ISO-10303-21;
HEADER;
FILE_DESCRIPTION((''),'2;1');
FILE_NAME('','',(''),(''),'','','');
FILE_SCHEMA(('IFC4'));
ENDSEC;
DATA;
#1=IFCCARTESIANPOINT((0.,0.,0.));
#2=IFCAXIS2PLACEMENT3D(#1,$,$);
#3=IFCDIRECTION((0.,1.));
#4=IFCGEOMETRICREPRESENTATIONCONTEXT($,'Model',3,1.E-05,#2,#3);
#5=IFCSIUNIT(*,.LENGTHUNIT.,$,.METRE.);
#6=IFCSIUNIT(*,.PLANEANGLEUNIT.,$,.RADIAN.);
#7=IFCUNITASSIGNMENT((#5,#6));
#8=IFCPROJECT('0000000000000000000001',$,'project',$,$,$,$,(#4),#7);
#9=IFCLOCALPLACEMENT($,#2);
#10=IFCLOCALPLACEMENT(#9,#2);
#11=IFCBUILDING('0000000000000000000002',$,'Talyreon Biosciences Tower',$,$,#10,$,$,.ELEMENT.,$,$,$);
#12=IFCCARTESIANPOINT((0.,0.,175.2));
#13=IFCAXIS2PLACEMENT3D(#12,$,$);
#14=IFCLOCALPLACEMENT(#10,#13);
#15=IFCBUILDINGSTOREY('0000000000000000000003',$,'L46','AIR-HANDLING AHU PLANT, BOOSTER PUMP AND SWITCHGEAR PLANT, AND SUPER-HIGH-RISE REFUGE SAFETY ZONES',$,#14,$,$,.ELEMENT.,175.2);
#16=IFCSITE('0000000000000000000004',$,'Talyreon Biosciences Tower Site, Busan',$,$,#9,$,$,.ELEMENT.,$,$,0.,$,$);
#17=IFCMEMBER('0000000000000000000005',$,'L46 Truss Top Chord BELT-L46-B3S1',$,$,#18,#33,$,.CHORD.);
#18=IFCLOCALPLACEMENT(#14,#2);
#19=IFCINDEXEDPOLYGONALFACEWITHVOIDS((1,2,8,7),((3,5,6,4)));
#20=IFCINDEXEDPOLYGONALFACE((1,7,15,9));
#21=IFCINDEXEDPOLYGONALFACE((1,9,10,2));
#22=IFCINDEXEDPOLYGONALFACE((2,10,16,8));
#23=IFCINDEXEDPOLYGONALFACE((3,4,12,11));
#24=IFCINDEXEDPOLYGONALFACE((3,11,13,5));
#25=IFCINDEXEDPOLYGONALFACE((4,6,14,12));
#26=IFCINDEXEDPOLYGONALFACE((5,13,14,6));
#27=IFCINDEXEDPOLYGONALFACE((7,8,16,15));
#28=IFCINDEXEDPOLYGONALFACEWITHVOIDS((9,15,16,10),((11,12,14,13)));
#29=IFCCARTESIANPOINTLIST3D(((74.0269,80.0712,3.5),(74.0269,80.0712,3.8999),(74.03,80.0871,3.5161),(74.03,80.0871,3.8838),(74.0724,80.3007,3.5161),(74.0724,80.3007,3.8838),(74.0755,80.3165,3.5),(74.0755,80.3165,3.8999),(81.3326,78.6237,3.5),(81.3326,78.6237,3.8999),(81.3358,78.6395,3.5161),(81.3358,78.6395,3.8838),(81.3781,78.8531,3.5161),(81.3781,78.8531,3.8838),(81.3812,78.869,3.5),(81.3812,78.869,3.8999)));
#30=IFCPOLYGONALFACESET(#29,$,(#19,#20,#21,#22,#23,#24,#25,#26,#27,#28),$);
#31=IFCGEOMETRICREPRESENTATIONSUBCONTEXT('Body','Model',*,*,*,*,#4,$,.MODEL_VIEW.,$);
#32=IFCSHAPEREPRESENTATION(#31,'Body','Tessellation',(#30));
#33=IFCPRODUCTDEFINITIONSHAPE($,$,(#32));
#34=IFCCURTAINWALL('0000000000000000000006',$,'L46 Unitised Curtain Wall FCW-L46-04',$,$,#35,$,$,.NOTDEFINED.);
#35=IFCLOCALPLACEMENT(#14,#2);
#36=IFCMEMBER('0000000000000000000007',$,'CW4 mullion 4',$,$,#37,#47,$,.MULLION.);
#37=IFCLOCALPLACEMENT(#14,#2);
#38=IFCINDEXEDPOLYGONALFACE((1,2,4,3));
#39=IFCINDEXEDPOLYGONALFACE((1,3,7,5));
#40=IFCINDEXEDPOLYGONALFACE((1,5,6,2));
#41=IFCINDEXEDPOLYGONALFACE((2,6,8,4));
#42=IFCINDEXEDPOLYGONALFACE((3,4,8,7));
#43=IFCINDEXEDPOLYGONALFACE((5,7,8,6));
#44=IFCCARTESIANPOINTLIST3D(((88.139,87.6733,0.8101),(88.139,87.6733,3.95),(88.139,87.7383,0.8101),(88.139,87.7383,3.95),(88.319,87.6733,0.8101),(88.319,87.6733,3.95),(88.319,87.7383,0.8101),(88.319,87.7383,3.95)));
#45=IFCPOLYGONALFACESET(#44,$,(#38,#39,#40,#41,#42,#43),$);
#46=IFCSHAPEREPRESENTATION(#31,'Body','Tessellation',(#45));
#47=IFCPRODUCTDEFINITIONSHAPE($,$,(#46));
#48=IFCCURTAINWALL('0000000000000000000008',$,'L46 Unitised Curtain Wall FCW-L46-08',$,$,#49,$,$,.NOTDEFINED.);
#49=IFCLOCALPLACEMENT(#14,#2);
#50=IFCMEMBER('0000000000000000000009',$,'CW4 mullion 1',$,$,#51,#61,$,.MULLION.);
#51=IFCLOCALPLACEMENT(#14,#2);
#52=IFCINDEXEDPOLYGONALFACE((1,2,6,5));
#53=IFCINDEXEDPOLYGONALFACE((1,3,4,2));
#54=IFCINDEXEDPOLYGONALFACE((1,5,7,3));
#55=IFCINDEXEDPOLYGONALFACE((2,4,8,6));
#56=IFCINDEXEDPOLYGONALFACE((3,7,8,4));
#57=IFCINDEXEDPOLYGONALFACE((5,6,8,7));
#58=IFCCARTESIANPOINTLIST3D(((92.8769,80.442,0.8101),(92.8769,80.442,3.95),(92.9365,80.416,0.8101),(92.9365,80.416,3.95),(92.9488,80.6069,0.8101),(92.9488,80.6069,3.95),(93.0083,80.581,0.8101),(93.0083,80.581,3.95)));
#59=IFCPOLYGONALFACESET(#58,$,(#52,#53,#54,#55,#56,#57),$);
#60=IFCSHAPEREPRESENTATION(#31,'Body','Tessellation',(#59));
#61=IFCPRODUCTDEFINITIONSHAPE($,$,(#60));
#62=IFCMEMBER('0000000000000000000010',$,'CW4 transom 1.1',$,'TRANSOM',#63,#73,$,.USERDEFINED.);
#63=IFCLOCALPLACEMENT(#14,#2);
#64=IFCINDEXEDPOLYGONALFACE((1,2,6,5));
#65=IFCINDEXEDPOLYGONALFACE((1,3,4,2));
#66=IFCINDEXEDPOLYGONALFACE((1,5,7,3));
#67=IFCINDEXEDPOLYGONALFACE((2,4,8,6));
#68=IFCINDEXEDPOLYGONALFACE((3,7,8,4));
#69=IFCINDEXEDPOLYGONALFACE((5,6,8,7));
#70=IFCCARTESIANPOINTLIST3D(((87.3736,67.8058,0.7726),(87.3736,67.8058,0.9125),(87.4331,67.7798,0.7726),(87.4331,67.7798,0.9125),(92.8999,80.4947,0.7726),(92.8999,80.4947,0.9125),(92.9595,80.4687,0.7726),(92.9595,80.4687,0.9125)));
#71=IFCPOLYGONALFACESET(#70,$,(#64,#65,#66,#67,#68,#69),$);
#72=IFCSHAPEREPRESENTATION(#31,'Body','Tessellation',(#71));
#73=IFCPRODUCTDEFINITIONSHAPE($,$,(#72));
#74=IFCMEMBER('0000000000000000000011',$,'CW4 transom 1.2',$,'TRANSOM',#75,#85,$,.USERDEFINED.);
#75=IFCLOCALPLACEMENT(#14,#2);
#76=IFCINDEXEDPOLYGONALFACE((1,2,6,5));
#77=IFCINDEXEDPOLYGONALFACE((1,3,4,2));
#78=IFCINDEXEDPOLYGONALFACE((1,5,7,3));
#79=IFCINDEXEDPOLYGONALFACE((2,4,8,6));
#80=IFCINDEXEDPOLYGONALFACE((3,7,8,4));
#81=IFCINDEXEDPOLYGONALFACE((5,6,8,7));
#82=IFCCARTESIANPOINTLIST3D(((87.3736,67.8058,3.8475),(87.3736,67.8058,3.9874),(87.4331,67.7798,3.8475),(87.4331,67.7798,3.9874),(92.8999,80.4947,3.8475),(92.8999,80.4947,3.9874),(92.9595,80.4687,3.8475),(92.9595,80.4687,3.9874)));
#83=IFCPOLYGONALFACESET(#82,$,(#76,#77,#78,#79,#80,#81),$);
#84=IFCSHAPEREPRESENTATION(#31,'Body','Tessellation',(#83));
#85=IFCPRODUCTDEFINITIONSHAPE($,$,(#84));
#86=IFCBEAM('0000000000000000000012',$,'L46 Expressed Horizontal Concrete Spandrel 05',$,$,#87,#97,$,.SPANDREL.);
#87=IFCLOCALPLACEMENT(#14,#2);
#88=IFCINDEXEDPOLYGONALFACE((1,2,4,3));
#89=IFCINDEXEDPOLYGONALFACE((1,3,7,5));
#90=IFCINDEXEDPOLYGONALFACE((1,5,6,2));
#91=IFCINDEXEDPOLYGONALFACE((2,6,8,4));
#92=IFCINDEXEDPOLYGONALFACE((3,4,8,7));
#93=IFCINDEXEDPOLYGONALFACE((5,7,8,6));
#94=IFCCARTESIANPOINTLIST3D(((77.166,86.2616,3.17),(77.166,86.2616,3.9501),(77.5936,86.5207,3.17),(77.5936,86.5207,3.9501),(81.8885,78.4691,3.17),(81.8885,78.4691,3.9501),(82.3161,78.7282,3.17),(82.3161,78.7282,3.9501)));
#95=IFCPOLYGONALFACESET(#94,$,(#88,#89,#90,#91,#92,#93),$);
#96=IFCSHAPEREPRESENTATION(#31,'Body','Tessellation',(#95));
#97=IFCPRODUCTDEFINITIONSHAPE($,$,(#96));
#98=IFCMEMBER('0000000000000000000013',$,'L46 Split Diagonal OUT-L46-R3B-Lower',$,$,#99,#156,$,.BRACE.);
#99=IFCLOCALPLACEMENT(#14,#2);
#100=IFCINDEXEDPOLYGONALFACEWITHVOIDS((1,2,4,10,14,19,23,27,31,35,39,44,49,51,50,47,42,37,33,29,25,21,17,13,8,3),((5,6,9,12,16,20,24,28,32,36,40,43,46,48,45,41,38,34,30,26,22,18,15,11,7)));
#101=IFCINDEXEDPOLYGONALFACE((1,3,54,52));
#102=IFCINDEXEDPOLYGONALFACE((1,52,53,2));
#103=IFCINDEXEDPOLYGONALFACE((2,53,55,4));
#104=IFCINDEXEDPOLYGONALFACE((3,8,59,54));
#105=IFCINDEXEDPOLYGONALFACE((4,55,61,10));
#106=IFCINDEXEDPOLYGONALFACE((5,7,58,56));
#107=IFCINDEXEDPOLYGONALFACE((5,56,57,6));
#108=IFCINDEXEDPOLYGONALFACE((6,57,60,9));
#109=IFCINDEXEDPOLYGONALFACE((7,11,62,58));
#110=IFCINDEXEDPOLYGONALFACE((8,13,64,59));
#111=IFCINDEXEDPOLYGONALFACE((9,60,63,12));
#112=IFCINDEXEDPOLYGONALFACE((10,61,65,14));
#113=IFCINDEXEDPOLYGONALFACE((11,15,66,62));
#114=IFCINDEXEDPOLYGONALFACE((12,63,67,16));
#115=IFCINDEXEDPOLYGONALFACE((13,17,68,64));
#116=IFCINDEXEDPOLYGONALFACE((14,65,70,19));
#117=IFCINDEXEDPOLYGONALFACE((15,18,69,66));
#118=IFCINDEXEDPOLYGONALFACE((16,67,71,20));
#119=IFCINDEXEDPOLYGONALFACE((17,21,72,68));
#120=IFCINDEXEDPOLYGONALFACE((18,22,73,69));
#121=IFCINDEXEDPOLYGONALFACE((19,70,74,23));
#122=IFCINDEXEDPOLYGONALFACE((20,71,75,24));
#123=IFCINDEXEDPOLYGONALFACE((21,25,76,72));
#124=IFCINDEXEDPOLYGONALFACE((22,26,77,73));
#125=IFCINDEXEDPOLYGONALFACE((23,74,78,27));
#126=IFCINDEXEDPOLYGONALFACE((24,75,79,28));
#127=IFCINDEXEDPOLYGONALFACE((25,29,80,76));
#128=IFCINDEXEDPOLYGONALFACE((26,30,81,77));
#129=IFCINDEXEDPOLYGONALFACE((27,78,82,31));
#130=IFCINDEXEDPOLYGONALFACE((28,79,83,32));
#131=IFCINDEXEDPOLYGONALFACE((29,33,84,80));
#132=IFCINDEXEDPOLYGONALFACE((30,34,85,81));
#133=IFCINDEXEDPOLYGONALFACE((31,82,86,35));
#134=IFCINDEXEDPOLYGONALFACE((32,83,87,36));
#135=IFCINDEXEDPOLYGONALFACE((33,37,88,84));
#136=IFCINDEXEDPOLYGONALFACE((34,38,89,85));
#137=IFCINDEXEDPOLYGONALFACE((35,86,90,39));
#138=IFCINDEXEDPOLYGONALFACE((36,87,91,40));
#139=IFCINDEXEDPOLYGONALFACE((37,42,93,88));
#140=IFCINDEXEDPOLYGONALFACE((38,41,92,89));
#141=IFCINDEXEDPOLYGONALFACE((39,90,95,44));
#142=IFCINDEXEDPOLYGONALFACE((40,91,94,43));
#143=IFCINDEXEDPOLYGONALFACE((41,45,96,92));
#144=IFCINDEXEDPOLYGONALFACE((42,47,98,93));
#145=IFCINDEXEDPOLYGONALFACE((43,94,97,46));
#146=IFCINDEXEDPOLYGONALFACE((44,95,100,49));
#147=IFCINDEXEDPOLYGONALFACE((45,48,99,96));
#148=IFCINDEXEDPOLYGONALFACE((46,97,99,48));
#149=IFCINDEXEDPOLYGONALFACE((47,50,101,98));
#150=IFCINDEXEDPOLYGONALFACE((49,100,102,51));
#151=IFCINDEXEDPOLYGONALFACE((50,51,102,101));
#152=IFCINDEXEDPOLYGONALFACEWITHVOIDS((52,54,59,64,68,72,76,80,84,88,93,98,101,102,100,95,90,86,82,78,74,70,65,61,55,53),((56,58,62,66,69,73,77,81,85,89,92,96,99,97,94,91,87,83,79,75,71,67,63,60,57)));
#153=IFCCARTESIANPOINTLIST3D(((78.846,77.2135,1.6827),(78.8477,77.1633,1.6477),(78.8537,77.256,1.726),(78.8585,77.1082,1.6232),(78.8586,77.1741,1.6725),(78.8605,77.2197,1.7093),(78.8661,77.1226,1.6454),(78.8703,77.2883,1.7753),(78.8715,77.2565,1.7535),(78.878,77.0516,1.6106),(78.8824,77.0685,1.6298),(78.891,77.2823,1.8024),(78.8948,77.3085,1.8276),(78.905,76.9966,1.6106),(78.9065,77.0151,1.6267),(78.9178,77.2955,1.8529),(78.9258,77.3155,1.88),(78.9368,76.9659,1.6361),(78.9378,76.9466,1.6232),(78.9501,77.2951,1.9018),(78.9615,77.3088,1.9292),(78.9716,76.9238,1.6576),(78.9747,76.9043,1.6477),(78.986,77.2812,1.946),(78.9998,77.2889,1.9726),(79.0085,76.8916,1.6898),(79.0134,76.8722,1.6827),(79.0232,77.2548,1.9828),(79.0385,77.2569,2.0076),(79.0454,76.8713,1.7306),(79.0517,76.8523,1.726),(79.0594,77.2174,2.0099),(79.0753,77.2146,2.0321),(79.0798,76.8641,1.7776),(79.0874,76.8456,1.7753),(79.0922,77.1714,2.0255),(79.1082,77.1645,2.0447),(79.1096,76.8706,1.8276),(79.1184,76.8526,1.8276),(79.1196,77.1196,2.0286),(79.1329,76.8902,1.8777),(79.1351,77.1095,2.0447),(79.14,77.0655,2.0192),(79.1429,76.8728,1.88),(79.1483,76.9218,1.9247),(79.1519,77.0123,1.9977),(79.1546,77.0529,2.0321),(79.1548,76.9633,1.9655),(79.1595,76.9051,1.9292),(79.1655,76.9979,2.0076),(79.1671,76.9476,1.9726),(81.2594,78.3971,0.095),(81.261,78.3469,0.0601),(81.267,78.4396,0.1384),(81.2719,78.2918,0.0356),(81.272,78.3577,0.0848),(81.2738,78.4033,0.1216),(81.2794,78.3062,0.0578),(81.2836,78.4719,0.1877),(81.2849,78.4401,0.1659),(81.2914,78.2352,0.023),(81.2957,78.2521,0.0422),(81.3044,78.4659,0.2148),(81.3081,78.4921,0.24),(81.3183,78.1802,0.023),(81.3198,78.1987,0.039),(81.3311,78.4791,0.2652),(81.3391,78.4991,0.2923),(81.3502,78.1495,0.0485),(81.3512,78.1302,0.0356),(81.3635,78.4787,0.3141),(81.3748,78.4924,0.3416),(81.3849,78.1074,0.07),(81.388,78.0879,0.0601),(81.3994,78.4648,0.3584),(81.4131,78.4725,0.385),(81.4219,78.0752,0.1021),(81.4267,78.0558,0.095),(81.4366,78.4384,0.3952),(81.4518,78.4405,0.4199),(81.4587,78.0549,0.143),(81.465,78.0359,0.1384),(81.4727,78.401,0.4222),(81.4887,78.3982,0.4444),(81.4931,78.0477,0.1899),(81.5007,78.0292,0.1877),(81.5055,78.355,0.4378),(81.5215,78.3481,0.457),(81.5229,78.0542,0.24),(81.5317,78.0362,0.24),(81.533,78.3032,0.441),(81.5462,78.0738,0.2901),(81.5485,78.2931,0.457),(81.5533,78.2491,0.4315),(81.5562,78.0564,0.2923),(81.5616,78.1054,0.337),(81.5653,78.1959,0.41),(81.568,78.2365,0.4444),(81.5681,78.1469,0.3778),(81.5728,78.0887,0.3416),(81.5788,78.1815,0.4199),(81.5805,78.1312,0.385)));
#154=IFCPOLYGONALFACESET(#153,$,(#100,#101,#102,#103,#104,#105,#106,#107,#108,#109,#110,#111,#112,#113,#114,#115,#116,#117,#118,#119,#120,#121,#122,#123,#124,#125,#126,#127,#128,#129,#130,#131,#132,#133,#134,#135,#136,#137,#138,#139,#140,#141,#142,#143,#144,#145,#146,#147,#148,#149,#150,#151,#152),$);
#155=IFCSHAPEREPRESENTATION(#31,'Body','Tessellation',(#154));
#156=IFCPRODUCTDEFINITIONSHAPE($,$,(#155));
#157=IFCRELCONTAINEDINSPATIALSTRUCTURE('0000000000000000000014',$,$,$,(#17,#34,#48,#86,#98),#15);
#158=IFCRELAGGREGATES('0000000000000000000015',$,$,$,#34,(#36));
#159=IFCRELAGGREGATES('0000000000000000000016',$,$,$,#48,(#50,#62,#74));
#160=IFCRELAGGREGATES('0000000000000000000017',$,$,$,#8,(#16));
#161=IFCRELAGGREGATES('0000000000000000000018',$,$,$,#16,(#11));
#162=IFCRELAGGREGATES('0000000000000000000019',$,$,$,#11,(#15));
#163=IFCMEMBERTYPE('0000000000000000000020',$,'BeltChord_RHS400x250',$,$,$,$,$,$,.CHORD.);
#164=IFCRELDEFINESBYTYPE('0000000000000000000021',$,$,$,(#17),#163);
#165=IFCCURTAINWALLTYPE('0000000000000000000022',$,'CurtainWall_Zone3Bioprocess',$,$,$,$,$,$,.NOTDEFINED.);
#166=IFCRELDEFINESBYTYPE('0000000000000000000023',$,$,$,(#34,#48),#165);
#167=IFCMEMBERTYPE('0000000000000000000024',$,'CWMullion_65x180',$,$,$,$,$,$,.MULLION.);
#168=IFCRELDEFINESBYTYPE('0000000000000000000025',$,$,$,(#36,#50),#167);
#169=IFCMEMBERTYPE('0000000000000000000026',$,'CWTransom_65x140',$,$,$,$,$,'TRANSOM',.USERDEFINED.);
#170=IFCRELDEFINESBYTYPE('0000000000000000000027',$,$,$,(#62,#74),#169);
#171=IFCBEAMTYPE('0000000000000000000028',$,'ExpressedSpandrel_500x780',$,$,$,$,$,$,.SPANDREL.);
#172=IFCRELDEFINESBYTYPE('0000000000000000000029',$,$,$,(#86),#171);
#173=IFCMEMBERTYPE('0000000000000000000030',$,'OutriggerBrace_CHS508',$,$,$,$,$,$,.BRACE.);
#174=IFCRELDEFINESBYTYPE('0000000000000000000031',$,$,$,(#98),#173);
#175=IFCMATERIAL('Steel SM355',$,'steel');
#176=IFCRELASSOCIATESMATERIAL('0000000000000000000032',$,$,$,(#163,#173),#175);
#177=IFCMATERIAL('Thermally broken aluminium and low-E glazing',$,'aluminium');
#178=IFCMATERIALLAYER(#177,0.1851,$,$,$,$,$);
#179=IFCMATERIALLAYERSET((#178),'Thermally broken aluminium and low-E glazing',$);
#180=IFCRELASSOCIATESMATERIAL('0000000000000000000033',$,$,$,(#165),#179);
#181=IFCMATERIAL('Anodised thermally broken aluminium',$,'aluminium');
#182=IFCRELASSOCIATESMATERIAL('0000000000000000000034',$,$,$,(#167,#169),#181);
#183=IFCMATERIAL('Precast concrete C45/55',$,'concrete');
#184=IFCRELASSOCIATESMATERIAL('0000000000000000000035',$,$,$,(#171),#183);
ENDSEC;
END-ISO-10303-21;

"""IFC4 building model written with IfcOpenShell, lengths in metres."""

from ifc_helpers import new_model, si_unit, direction, frame, origin, origin_2d, place, context, subcontext, project, spatial, rectangle, hollow_rectangle, hollow_circle, extrude, material, layer, layer_set, material_profile, profile_set, type_object, element, aggregate, save


model = new_model("IFC4")

# Units and contexts
model_context = context("Model", 3, precision=1e-05, world=origin(), true_north=direction((0.0, 1.0)))
body_context = subcontext(model_context, "Body", "Model", "MODEL_VIEW")
ifc_project = project(units=[si_unit("LENGTHUNIT", "METRE"), si_unit("PLANEANGLEUNIT", "RADIAN")], contexts=[model_context])

# Site, building, storey
site_placement = place(None, origin())
site = spatial("IfcSite", under=ifc_project, at=site_placement, Name="Talyreon Biosciences Tower Site, Busan", CompositionType="ELEMENT", RefElevation=0.0)
building_placement = place(site_placement, origin())
building = spatial("IfcBuilding", under=site, at=building_placement, Name="Talyreon Biosciences Tower", CompositionType="ELEMENT")
storey_placement = place(building_placement, frame((0.0, 0.0, 175.2)))
storey = spatial("IfcBuildingStorey", under=building, at=storey_placement, Name="L46", Description="AIR-HANDLING AHU PLANT, BOOSTER PUMP AND SWITCHGEAR PLANT, AND SUPER-HIGH-RISE REFUGE SAFETY ZONES", CompositionType="ELEMENT", Elevation=175.2)

# Member
ifc_material_1 = material(Name="Steel SM355", Category="steel")
ifc_material_profile_1 = material_profile(ifc_material_1, hollow_rectangle(XDim=0.25, YDim=0.3999, WallThickness=0.0161, at=origin_2d()), Name="RHS 400x250x16")
ifc_profile_set_1 = profile_set([ifc_material_profile_1], Name="Steel SM355")
member_type_1 = type_object("IfcMemberType", Name="BeltChord_RHS400x250", PredefinedType="CHORD", material=ifc_profile_set_1)
for number, where, z_axis, x_axis, name in (
    (1, (81.3569, 78.7463, 3.7), (-0.980931, 0.194357, 0.0), (-0.194357, -0.980931, 0.0), "L46 Truss Top Chord BELT-L46-B3S1"),
):
    element("IfcMember", number, at=place(storey_placement, frame(where, z_axis=z_axis, x_axis=x_axis)), inside=storey, type_object=member_type_1, Name=name, PredefinedType="CHORD", context=body_context, shape_type="SweptSolid", body=[
        extrude(hollow_rectangle(XDim=0.25, YDim=0.3999, WallThickness=0.0161, at=origin_2d()), origin(), (0.0, 0.0, 1.0), 7.4478),
    ])

# Curtain wall, member
ifc_material_2 = material(Name="Thermally broken aluminium and low-E glazing", Category="aluminium")
ifc_layer_1 = layer(ifc_material_2, 0.1851)
ifc_layer_set_1 = layer_set([ifc_layer_1], Name="Thermally broken aluminium and low-E glazing")
curtain_wall_type = type_object("IfcCurtainWallType", Name="CurtainWall_Zone3Bioprocess", PredefinedType="NOTDEFINED", material=ifc_layer_set_1)
curtain_wall_1_placement = place(storey_placement, origin())
curtain_wall_1 = element("IfcCurtainWall", 2, at=curtain_wall_1_placement, inside=storey, type_object=curtain_wall_type, Name="L46 Unitised Curtain Wall FCW-L46-04", PredefinedType="NOTDEFINED")
ifc_material_3 = material(Name="Anodised thermally broken aluminium", Category="aluminium")
ifc_material_profile_2 = material_profile(ifc_material_3, rectangle(XDim=0.0649, YDim=0.1799, at=origin_2d()), Name="ALUM MULLION 65x180")
ifc_profile_set_2 = profile_set([ifc_material_profile_2], Name="Anodised thermally broken aluminium")
member_type_2 = type_object("IfcMemberType", Name="CWMullion_65x180", PredefinedType="MULLION", material=ifc_profile_set_2)
member_1_placement = place(storey_placement, frame((88.229, 87.7058, 0.8101), z_axis=(0.0, 0.0, 1.0), x_axis=(0.0, 1.0, 0.0)))
member_1 = element("IfcMember", 3, at=member_1_placement, type_object=member_type_2, Name="CW4 mullion 4", PredefinedType="MULLION", context=body_context, shape_type="SweptSolid", body=[
    extrude(rectangle(XDim=0.0649, YDim=0.1799, at=origin_2d()), origin(), (0.0, 0.0, 1.0), 3.1399),
])

# Curtain wall, members
curtain_wall_2_placement = place(storey_placement, origin())
curtain_wall_2 = element("IfcCurtainWall", 4, at=curtain_wall_2_placement, inside=storey, type_object=curtain_wall_type, Name="L46 Unitised Curtain Wall FCW-L46-08", PredefinedType="NOTDEFINED")
member_2_placement = place(storey_placement, frame((92.9426, 80.5115, 0.8101), z_axis=(0.0, 0.0, 1.0), x_axis=(0.91682, -0.3993, 0.0)))
member_2 = element("IfcMember", 5, at=member_2_placement, type_object=member_type_2, Name="CW4 mullion 1", PredefinedType="MULLION", context=body_context, shape_type="SweptSolid", body=[
    extrude(rectangle(XDim=0.0649, YDim=0.1799, at=origin_2d()), origin(), (0.0, 0.0, 1.0), 3.1399),
])
ifc_material_profile_3 = material_profile(ifc_material_3, rectangle(XDim=0.0649, YDim=0.1399, at=origin_2d()), Name="ALUM TRANSOM 65x140")
ifc_profile_set_3 = profile_set([ifc_material_profile_3], Name="Anodised thermally broken aluminium")
member_type_3 = type_object("IfcMemberType", Name="CWTransom_65x140", ElementType="TRANSOM", PredefinedType="USERDEFINED", material=ifc_profile_set_3)
member_3_placement = place(storey_placement, frame((92.9297, 80.4817, 0.8425), z_axis=(-0.399299, -0.916821, 0.0), x_axis=(0.916821, -0.399299, 0.0)))
member_3 = element("IfcMember", 6, at=member_3_placement, type_object=member_type_3, Name="CW4 transom 1.1", ObjectType="TRANSOM", PredefinedType="USERDEFINED", context=body_context, shape_type="SweptSolid", body=[
    extrude(rectangle(XDim=0.0649, YDim=0.1399, at=origin_2d()), origin(), (0.0, 0.0, 1.0), 13.8401),
])
member_4_placement = place(storey_placement, frame((92.9297, 80.4817, 3.9175), z_axis=(-0.399299, -0.916821, 0.0), x_axis=(0.916821, -0.399299, 0.0)))
member_4 = element("IfcMember", 7, at=member_4_placement, type_object=member_type_3, Name="CW4 transom 1.2", ObjectType="TRANSOM", PredefinedType="USERDEFINED", context=body_context, shape_type="SweptSolid", body=[
    extrude(rectangle(XDim=0.0649, YDim=0.1399, at=origin_2d()), origin(), (0.0, 0.0, 1.0), 13.8401),
])

# Beam
ifc_material_4 = material(Name="Precast concrete C45/55", Category="concrete")
ifc_material_profile_4 = material_profile(ifc_material_4, rectangle(XDim=0.5, YDim=0.78, at=origin_2d()), Name="RCB 500x780")
ifc_profile_set_4 = profile_set([ifc_material_profile_4], Name="Precast concrete C45/55")
beam_type_1 = type_object("IfcBeamType", Name="ExpressedSpandrel_500x780", PredefinedType="SPANDREL", material=ifc_profile_set_4)
beam_1_placement = place(storey_placement, frame((82.1023, 78.5986, 3.5601), z_axis=(-0.518277, 0.855213, 0.0), x_axis=(-0.855213, -0.518277, 0.0)))
element("IfcBeam", 8, at=beam_1_placement, inside=storey, type_object=beam_type_1, Name="L46 Expressed Horizontal Concrete Spandrel 05", PredefinedType="SPANDREL", context=body_context, shape_type="SweptSolid", body=[
    extrude(rectangle(XDim=0.5, YDim=0.78, at=origin_2d()), origin(), (0.0, 0.0, 1.0), 9.1118),
])

# Member
ifc_material_profile_5 = material_profile(ifc_material_1, hollow_circle(Radius=0.2539, WallThickness=0.02, at=origin_2d()), Name="CHS 508x20")
ifc_profile_set_5 = profile_set([ifc_material_profile_5], Name="Steel SM355")
member_type_4 = type_object("IfcMemberType", Name="OutriggerBrace_CHS508", PredefinedType="BRACE", material=ifc_profile_set_5)
member_5_placement = place(storey_placement, frame((81.4199, 78.2642, 0.24), z_axis=(-0.773056, -0.379137, 0.508567), x_axis=(0.440334, -0.897834, 0.0)))
element("IfcMember", 9, at=member_5_placement, inside=storey, type_object=member_type_4, Name="L46 Split Diagonal OUT-L46-R3B-Lower", PredefinedType="BRACE", context=body_context, shape_type="SweptSolid", body=[
    extrude(hollow_circle(Radius=0.2539, WallThickness=0.02, at=origin_2d()), origin(), (0.0, 0.0, 1.0), 3.1218),
])

aggregate(curtain_wall_1, [member_1])
aggregate(curtain_wall_2, [member_2, member_3, member_4])

save(model, "model.ifc")
